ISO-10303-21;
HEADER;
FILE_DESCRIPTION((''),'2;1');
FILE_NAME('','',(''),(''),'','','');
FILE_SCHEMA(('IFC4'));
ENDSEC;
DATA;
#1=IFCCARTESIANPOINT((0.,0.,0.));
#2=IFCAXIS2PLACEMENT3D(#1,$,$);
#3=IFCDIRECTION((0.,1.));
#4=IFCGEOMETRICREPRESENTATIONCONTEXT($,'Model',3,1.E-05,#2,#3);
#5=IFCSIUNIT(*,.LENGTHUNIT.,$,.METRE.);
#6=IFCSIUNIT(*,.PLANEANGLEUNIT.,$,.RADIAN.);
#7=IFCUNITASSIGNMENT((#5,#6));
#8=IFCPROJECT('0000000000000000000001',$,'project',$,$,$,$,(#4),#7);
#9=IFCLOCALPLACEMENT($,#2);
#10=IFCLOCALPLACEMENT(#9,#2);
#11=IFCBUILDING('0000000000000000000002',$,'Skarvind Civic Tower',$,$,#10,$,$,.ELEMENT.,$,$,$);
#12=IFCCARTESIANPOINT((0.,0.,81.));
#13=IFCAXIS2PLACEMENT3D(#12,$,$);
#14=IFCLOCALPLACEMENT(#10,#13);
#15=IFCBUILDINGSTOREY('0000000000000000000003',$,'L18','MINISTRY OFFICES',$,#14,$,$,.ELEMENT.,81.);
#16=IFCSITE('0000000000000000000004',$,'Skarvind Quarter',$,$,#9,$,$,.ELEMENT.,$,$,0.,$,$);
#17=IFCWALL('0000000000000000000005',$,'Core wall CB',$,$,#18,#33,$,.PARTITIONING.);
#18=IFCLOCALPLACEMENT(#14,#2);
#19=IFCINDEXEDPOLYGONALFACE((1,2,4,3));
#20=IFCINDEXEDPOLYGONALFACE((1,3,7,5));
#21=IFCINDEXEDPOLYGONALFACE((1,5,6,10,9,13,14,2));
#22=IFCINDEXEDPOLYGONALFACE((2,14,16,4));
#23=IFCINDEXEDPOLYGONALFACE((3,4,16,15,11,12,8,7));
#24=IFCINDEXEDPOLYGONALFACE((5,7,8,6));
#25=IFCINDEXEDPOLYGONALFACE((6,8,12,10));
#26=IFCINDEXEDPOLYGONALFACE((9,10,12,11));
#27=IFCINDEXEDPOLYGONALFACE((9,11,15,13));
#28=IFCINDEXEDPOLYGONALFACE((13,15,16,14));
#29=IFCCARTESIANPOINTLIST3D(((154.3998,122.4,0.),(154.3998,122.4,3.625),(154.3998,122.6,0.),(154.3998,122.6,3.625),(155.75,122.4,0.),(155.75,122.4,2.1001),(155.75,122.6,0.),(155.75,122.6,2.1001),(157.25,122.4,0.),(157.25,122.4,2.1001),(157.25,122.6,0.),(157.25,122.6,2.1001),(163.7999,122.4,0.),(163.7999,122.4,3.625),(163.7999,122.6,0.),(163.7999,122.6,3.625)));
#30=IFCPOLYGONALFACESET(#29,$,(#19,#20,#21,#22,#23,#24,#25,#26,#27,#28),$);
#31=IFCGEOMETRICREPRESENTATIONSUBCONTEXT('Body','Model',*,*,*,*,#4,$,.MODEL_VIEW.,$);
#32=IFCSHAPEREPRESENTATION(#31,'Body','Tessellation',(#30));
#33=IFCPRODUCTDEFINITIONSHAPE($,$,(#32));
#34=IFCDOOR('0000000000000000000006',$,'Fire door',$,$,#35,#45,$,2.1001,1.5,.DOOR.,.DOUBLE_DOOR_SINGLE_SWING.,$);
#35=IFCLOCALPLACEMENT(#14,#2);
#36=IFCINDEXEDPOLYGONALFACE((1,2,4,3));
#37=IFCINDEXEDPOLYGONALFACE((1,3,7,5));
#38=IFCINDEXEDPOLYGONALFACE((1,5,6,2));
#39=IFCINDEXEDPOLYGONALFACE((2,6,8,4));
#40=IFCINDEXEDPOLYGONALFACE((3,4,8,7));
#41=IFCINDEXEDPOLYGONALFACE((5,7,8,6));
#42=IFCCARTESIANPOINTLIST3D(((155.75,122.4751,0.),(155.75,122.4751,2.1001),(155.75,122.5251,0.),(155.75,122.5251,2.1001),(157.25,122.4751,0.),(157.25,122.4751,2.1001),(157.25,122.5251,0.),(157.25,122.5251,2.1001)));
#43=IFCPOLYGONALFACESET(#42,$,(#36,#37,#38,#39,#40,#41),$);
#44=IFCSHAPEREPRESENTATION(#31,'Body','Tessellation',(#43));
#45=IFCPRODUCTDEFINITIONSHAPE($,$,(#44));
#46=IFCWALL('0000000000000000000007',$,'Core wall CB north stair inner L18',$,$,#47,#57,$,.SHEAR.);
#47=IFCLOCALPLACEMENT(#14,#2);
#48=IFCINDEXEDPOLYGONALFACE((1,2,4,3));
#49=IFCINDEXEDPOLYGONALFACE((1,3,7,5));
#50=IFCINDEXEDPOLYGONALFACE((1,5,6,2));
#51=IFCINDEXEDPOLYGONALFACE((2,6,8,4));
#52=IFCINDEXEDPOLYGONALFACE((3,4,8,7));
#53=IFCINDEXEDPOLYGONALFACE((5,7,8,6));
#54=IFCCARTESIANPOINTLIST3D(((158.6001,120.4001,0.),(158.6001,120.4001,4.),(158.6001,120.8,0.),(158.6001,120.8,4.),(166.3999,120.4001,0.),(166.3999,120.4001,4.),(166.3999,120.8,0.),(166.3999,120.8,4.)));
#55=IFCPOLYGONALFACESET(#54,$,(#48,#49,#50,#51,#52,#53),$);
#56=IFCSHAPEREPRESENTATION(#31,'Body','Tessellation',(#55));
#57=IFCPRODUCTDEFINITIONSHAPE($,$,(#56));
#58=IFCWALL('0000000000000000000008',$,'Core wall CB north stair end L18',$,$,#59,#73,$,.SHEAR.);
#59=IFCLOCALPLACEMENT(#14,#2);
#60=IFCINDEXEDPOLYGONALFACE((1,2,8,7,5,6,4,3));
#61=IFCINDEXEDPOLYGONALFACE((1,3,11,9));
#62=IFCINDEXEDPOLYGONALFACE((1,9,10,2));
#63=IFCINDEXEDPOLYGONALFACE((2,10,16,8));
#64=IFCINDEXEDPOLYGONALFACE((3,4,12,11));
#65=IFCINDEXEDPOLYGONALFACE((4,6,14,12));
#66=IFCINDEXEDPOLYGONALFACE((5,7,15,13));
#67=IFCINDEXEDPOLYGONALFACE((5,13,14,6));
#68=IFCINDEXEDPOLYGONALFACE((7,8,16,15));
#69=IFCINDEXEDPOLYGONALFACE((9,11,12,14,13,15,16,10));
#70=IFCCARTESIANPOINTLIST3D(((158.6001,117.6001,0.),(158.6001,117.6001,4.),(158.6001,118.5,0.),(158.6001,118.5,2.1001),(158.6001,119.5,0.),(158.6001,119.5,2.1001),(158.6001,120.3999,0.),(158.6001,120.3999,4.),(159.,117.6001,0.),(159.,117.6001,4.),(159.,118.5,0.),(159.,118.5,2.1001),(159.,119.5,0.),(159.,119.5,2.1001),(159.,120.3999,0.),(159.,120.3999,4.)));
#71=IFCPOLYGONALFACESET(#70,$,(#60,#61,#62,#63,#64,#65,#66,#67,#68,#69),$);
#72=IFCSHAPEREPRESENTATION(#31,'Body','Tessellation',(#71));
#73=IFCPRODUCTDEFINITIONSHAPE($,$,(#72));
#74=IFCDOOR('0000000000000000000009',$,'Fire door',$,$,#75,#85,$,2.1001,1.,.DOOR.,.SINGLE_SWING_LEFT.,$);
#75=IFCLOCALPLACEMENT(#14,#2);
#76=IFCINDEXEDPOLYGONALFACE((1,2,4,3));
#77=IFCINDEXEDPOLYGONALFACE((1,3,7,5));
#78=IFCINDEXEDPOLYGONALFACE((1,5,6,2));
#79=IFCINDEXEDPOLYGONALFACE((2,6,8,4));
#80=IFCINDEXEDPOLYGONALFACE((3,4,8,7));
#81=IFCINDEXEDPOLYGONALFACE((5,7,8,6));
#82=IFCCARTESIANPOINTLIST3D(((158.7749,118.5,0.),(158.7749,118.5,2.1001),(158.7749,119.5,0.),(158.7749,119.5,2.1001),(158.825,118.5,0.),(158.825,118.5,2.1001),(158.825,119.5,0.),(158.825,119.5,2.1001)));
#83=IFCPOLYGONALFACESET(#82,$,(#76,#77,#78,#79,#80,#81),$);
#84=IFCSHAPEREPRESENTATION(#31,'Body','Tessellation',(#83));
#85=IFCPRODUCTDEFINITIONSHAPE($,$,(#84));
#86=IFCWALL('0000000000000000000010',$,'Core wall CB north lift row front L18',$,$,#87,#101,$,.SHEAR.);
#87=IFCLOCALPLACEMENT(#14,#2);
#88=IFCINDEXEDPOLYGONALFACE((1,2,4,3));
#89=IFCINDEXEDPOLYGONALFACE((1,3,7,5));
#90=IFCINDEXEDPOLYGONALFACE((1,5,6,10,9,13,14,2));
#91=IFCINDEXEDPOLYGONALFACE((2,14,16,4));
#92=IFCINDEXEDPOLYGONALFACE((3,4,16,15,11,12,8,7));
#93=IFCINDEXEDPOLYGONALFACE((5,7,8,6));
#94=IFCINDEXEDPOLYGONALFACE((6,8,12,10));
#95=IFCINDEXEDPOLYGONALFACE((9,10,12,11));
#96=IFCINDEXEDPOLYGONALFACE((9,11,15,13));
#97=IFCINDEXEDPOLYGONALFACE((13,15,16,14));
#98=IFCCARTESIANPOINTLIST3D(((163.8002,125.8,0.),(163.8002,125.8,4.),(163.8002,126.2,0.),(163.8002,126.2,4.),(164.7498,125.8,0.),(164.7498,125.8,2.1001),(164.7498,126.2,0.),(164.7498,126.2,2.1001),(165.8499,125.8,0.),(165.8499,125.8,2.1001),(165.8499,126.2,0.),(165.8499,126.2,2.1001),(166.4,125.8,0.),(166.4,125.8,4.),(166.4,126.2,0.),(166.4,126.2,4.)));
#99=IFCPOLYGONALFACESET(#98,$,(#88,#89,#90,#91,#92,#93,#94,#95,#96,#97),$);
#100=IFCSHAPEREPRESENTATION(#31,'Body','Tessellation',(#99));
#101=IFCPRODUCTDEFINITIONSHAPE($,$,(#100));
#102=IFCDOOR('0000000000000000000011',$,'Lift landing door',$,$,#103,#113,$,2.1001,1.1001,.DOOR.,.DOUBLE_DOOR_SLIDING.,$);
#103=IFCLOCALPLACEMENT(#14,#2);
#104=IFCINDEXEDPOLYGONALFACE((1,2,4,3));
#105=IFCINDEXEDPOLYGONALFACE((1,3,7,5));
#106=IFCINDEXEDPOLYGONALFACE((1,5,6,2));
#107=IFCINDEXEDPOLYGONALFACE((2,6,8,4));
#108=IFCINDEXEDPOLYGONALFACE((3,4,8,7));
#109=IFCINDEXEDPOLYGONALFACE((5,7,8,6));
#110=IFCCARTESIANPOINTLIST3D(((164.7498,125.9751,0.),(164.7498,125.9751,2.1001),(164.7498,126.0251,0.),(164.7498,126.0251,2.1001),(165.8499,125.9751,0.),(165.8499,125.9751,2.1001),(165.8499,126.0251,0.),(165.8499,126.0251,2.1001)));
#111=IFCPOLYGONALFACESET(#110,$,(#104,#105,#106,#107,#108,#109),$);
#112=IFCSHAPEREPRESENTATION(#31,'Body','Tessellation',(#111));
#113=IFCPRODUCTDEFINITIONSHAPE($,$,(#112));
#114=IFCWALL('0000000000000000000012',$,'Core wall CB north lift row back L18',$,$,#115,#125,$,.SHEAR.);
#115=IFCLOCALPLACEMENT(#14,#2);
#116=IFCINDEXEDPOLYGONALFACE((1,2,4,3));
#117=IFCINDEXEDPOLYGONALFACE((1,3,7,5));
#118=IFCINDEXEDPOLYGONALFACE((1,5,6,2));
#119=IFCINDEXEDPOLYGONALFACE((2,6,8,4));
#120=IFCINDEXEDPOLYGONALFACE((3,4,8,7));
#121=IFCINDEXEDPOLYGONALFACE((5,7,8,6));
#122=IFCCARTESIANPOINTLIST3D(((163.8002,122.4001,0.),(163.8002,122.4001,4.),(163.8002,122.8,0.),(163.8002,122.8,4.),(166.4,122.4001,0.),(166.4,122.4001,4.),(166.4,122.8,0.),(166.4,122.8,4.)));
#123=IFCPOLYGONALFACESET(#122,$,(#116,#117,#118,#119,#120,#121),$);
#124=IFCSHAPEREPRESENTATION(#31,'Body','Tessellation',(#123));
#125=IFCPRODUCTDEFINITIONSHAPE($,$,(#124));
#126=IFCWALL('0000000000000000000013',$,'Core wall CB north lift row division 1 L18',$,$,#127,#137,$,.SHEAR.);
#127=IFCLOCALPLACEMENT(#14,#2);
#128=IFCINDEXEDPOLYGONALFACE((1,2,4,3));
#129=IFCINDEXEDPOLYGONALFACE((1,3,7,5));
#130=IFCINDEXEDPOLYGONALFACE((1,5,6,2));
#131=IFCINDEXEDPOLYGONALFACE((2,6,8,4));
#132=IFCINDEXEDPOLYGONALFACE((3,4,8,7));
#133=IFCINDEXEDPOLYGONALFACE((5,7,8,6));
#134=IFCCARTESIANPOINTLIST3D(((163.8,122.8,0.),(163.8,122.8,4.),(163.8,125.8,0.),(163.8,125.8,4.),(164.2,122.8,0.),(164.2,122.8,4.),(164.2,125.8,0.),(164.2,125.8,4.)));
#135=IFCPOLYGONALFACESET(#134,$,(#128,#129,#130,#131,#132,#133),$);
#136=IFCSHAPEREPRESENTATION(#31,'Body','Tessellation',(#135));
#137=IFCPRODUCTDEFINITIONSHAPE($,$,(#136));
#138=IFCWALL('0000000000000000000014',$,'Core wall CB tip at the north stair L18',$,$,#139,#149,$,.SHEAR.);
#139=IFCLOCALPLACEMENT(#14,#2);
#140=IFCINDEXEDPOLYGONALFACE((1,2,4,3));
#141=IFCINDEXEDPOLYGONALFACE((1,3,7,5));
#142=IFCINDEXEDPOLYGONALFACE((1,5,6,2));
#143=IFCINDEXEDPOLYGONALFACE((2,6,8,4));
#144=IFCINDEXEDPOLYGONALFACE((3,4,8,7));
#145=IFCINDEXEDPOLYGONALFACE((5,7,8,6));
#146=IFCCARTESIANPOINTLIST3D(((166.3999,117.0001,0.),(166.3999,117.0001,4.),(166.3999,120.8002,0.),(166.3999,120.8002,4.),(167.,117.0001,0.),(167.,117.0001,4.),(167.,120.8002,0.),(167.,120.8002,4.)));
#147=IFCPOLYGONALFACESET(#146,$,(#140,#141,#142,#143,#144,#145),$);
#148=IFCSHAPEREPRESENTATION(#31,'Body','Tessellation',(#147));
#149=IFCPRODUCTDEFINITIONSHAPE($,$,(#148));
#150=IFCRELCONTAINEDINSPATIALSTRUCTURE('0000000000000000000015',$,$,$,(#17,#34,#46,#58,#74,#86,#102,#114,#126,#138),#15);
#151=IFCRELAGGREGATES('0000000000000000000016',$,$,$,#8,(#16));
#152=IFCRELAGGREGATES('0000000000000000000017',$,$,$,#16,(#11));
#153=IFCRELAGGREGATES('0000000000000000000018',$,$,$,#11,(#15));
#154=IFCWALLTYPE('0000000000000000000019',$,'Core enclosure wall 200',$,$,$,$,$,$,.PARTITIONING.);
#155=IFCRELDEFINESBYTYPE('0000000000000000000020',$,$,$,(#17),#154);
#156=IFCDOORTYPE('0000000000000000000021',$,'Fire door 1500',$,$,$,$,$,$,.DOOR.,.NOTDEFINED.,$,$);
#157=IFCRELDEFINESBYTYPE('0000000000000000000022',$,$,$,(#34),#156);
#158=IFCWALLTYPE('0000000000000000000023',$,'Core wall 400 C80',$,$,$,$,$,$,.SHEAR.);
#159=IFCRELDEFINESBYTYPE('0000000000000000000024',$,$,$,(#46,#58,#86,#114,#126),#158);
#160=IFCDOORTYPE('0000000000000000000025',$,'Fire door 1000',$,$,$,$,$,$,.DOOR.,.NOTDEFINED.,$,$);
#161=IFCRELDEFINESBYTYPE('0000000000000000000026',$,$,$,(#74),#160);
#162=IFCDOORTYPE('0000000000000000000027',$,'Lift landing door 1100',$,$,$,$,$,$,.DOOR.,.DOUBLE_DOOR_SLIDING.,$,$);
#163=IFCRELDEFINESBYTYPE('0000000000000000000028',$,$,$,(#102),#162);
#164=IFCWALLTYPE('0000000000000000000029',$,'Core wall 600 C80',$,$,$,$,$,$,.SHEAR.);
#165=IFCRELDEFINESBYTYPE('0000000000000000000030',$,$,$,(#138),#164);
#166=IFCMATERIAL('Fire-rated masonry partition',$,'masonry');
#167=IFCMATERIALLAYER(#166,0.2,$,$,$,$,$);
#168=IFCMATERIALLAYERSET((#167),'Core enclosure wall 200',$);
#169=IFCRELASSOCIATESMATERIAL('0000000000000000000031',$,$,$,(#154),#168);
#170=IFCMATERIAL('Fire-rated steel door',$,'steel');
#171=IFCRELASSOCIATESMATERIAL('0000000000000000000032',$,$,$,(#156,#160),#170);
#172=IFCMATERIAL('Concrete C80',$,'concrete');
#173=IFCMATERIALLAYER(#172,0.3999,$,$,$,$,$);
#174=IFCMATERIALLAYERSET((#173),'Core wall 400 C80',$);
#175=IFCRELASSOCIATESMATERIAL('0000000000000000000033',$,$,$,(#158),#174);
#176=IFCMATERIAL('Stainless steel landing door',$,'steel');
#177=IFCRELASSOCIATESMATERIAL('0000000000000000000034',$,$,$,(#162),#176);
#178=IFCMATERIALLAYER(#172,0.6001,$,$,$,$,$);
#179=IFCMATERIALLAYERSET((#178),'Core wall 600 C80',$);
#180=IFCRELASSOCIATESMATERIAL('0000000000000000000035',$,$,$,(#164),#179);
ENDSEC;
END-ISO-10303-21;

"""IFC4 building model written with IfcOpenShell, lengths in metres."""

from ifc_helpers import new_model, si_unit, direction, frame, frame_2d, origin, place, context, subcontext, project, spatial, rectangle, extrude, material, layer, layer_set, type_object, element, fill, save


model = new_model("IFC4")

# Units and contexts
model_context = context("Model", 3, precision=1e-05, world=origin(), true_north=direction((0.0, 1.0)))
body_context = subcontext(model_context, "Body", "Model", "MODEL_VIEW")
ifc_project = project(units=[si_unit("LENGTHUNIT", "METRE"), si_unit("PLANEANGLEUNIT", "RADIAN")], contexts=[model_context])

# Site, building, storey
site_placement = place(None, origin())
site = spatial("IfcSite", under=ifc_project, at=site_placement, Name="Skarvind Quarter", CompositionType="ELEMENT", RefElevation=0.0)
building_placement = place(site_placement, origin())
building = spatial("IfcBuilding", under=site, at=building_placement, Name="Skarvind Civic Tower", CompositionType="ELEMENT")
storey_placement = place(building_placement, frame((0.0, 0.0, 81.0)))
storey = spatial("IfcBuildingStorey", under=building, at=storey_placement, Name="L18", Description="MINISTRY OFFICES", CompositionType="ELEMENT", Elevation=81.0)

# Wall, opening, door
ifc_material_1 = material(Name="Fire-rated masonry partition", Category="masonry")
ifc_layer_1 = layer(ifc_material_1, 0.2)
ifc_layer_set_1 = layer_set([ifc_layer_1], Name="Core enclosure wall 200")
wall_type_1 = type_object("IfcWallType", Name="Core enclosure wall 200", PredefinedType="PARTITIONING", material=ifc_layer_set_1)
wall_1_placement = place(storey_placement, frame((163.8, 122.5, 0.0), z_axis=(0.0, 0.0, 1.0), x_axis=(-1.0, 0.0, 0.0)))
wall_1 = element("IfcWall", 1, at=wall_1_placement, inside=storey, type_object=wall_type_1, Name="Core wall CB", PredefinedType="PARTITIONING", context=body_context, shape_type="SweptSolid", body=[
    extrude(rectangle(XDim=9.4001, YDim=0.2, at=frame_2d((4.7002, 0.0))), origin(), (0.0, 0.0, 1.0), 3.625),
])
opening_1_placement = place(wall_1_placement, frame((6.55, 0.0, 0.0)))
opening_1 = element("IfcOpeningElement", 2, at=opening_1_placement, cuts=wall_1, PredefinedType="OPENING", context=body_context, shape_type="SweptSolid", body=[
    extrude(rectangle(XDim=1.5, YDim=2.1001, at=frame_2d((0.75, 1.05))), frame((0.0, 0.1099, 0.0), z_axis=(0.0, -1.0, 0.0), x_axis=(1.0, 0.0, 0.0)), (0.0, 0.0, 1.0), 0.22),
])
ifc_material_2 = material(Name="Fire-rated steel door", Category="steel")
door_type_1 = type_object("IfcDoorType", Name="Fire door 1500", OperationType="NOTDEFINED", PredefinedType="DOOR", material=ifc_material_2)
door_1_placement = place(opening_1_placement, origin())
door_1 = element("IfcDoor", 3, at=door_1_placement, inside=storey, type_object=door_type_1, Name="Fire door", OperationType="DOUBLE_DOOR_SINGLE_SWING", OverallHeight=2.1001, OverallWidth=1.5, PredefinedType="DOOR", context=body_context, shape_type="SweptSolid", body=[
    extrude(rectangle(XDim=1.5, YDim=2.1001, at=frame_2d((0.75, 1.05))), frame((0.0, 0.0249, 0.0), z_axis=(0.0, -1.0, 0.0), x_axis=(1.0, 0.0, 0.0)), (0.0, 0.0, 1.0), 0.05),
])
fill(opening_1, door_1)

# Wall
ifc_material_3 = material(Name="Concrete C80", Category="concrete")
ifc_layer_2 = layer(ifc_material_3, 0.3999)
ifc_layer_set_2 = layer_set([ifc_layer_2], Name="Core wall 400 C80")
wall_type_2 = type_object("IfcWallType", Name="Core wall 400 C80", PredefinedType="SHEAR", material=ifc_layer_set_2)
wall_2_placement = place(storey_placement, frame((166.3999, 120.6001, 0.0), z_axis=(0.0, 0.0, 1.0), x_axis=(-1.0, 0.0, 0.0)))
element("IfcWall", 4, at=wall_2_placement, inside=storey, type_object=wall_type_2, Name="Core wall CB north stair inner L18", PredefinedType="SHEAR", context=body_context, shape_type="SweptSolid", body=[
    extrude(rectangle(XDim=7.7998, YDim=0.3999, at=frame_2d((3.8999, 0.0))), origin(), (0.0, 0.0, 1.0), 4.0),
])

# Walls, openings, doors
wall_3_placement = place(storey_placement, frame((158.8, 120.3999, 0.0), z_axis=(0.0, 0.0, 1.0), x_axis=(0.0, -1.0, 0.0)))
wall_3 = element("IfcWall", 5, at=wall_3_placement, inside=storey, type_object=wall_type_2, Name="Core wall CB north stair end L18", PredefinedType="SHEAR", context=body_context, shape_type="SweptSolid", body=[
    extrude(rectangle(XDim=2.7998, YDim=0.3999, at=frame_2d((1.3999, 0.0))), origin(), (0.0, 0.0, 1.0), 4.0),
])
opening_2_placement = place(wall_3_placement, frame((0.8999, 0.0, 0.0)))
opening_2 = element("IfcOpeningElement", 6, at=opening_2_placement, cuts=wall_3, PredefinedType="OPENING", context=body_context, shape_type="SweptSolid", body=[
    extrude(rectangle(XDim=1.0, YDim=2.1001, at=frame_2d((0.5, 1.05))), frame((0.0, 0.21, 0.0), z_axis=(0.0, -1.0, 0.0), x_axis=(1.0, 0.0, 0.0)), (0.0, 0.0, 1.0), 0.4199),
])
door_type_2 = type_object("IfcDoorType", Name="Fire door 1000", OperationType="NOTDEFINED", PredefinedType="DOOR", material=ifc_material_2)
door_2_placement = place(opening_2_placement, origin())
door_2 = element("IfcDoor", 7, at=door_2_placement, inside=storey, type_object=door_type_2, Name="Fire door", OperationType="SINGLE_SWING_LEFT", OverallHeight=2.1001, OverallWidth=1.0, PredefinedType="DOOR", context=body_context, shape_type="SweptSolid", body=[
    extrude(rectangle(XDim=1.0, YDim=2.1001, at=frame_2d((0.5, 1.05))), frame((0.0, 0.0249, 0.0), z_axis=(0.0, -1.0, 0.0), x_axis=(1.0, 0.0, 0.0)), (0.0, 0.0, 1.0), 0.05),
])
fill(opening_2, door_2)
wall_4_placement = place(storey_placement, frame((166.3999, 126.0, 0.0), z_axis=(0.0, 0.0, 1.0), x_axis=(-1.0, 0.0, 0.0)))
wall_4 = element("IfcWall", 8, at=wall_4_placement, inside=storey, type_object=wall_type_2, Name="Core wall CB north lift row front L18", PredefinedType="SHEAR", context=body_context, shape_type="SweptSolid", body=[
    extrude(rectangle(XDim=2.5999, YDim=0.3999, at=frame_2d((1.2998, 0.0))), origin(), (0.0, 0.0, 1.0), 4.0),
])
opening_3_placement = place(wall_4_placement, frame((0.55, 0.0, 0.0)))
opening_3 = element("IfcOpeningElement", 9, at=opening_3_placement, cuts=wall_4, PredefinedType="OPENING", context=body_context, shape_type="SweptSolid", body=[
    extrude(rectangle(XDim=1.1001, YDim=2.1001, at=frame_2d((0.55, 1.05))), frame((0.0, 0.21, 0.0), z_axis=(0.0, -1.0, 0.0), x_axis=(1.0, 0.0, 0.0)), (0.0, 0.0, 1.0), 0.4199),
])
ifc_material_4 = material(Name="Stainless steel landing door", Category="steel")
door_type_3 = type_object("IfcDoorType", Name="Lift landing door 1100", OperationType="DOUBLE_DOOR_SLIDING", PredefinedType="DOOR", material=ifc_material_4)
door_3_placement = place(opening_3_placement, origin())
door_3 = element("IfcDoor", 10, at=door_3_placement, inside=storey, type_object=door_type_3, Name="Lift landing door", OperationType="DOUBLE_DOOR_SLIDING", OverallHeight=2.1001, OverallWidth=1.1001, PredefinedType="DOOR", context=body_context, shape_type="SweptSolid", body=[
    extrude(rectangle(XDim=1.1001, YDim=2.1001, at=frame_2d((0.55, 1.05))), frame((0.0, 0.0249, 0.0), z_axis=(0.0, -1.0, 0.0), x_axis=(1.0, 0.0, 0.0)), (0.0, 0.0, 1.0), 0.05),
])
fill(opening_3, door_3)

# Walls
wall_5_placement = place(storey_placement, frame((166.3999, 122.6001, 0.0), z_axis=(0.0, 0.0, 1.0), x_axis=(-1.0, 0.0, 0.0)))
element("IfcWall", 11, at=wall_5_placement, inside=storey, type_object=wall_type_2, Name="Core wall CB north lift row back L18", PredefinedType="SHEAR", context=body_context, shape_type="SweptSolid", body=[
    extrude(rectangle(XDim=2.5999, YDim=0.3999, at=frame_2d((1.2998, 0.0))), origin(), (0.0, 0.0, 1.0), 4.0),
])
wall_6_placement = place(storey_placement, frame((164.0, 125.8, 0.0), z_axis=(0.0, 0.0, 1.0), x_axis=(0.0, -1.0, 0.0)))
element("IfcWall", 12, at=wall_6_placement, inside=storey, type_object=wall_type_2, Name="Core wall CB north lift row division 1 L18", PredefinedType="SHEAR", context=body_context, shape_type="SweptSolid", body=[
    extrude(rectangle(XDim=3.0, YDim=0.3999, at=frame_2d((1.5, 0.0))), origin(), (0.0, 0.0, 1.0), 4.0),
])
ifc_layer_3 = layer(ifc_material_3, 0.6001)
ifc_layer_set_3 = layer_set([ifc_layer_3], Name="Core wall 600 C80")
wall_type_3 = type_object("IfcWallType", Name="Core wall 600 C80", PredefinedType="SHEAR", material=ifc_layer_set_3)
wall_7_placement = place(storey_placement, frame((166.7, 120.8, 0.0), z_axis=(0.0, 0.0, 1.0), x_axis=(0.0, -1.0, 0.0)))
element("IfcWall", 13, at=wall_7_placement, inside=storey, type_object=wall_type_3, Name="Core wall CB tip at the north stair L18", PredefinedType="SHEAR", context=body_context, shape_type="SweptSolid", body=[
    extrude(rectangle(XDim=3.8, YDim=0.6001, at=frame_2d((1.8999, 0.0))), origin(), (0.0, 0.0, 1.0), 4.0),
])

save(model, "model.ifc")
